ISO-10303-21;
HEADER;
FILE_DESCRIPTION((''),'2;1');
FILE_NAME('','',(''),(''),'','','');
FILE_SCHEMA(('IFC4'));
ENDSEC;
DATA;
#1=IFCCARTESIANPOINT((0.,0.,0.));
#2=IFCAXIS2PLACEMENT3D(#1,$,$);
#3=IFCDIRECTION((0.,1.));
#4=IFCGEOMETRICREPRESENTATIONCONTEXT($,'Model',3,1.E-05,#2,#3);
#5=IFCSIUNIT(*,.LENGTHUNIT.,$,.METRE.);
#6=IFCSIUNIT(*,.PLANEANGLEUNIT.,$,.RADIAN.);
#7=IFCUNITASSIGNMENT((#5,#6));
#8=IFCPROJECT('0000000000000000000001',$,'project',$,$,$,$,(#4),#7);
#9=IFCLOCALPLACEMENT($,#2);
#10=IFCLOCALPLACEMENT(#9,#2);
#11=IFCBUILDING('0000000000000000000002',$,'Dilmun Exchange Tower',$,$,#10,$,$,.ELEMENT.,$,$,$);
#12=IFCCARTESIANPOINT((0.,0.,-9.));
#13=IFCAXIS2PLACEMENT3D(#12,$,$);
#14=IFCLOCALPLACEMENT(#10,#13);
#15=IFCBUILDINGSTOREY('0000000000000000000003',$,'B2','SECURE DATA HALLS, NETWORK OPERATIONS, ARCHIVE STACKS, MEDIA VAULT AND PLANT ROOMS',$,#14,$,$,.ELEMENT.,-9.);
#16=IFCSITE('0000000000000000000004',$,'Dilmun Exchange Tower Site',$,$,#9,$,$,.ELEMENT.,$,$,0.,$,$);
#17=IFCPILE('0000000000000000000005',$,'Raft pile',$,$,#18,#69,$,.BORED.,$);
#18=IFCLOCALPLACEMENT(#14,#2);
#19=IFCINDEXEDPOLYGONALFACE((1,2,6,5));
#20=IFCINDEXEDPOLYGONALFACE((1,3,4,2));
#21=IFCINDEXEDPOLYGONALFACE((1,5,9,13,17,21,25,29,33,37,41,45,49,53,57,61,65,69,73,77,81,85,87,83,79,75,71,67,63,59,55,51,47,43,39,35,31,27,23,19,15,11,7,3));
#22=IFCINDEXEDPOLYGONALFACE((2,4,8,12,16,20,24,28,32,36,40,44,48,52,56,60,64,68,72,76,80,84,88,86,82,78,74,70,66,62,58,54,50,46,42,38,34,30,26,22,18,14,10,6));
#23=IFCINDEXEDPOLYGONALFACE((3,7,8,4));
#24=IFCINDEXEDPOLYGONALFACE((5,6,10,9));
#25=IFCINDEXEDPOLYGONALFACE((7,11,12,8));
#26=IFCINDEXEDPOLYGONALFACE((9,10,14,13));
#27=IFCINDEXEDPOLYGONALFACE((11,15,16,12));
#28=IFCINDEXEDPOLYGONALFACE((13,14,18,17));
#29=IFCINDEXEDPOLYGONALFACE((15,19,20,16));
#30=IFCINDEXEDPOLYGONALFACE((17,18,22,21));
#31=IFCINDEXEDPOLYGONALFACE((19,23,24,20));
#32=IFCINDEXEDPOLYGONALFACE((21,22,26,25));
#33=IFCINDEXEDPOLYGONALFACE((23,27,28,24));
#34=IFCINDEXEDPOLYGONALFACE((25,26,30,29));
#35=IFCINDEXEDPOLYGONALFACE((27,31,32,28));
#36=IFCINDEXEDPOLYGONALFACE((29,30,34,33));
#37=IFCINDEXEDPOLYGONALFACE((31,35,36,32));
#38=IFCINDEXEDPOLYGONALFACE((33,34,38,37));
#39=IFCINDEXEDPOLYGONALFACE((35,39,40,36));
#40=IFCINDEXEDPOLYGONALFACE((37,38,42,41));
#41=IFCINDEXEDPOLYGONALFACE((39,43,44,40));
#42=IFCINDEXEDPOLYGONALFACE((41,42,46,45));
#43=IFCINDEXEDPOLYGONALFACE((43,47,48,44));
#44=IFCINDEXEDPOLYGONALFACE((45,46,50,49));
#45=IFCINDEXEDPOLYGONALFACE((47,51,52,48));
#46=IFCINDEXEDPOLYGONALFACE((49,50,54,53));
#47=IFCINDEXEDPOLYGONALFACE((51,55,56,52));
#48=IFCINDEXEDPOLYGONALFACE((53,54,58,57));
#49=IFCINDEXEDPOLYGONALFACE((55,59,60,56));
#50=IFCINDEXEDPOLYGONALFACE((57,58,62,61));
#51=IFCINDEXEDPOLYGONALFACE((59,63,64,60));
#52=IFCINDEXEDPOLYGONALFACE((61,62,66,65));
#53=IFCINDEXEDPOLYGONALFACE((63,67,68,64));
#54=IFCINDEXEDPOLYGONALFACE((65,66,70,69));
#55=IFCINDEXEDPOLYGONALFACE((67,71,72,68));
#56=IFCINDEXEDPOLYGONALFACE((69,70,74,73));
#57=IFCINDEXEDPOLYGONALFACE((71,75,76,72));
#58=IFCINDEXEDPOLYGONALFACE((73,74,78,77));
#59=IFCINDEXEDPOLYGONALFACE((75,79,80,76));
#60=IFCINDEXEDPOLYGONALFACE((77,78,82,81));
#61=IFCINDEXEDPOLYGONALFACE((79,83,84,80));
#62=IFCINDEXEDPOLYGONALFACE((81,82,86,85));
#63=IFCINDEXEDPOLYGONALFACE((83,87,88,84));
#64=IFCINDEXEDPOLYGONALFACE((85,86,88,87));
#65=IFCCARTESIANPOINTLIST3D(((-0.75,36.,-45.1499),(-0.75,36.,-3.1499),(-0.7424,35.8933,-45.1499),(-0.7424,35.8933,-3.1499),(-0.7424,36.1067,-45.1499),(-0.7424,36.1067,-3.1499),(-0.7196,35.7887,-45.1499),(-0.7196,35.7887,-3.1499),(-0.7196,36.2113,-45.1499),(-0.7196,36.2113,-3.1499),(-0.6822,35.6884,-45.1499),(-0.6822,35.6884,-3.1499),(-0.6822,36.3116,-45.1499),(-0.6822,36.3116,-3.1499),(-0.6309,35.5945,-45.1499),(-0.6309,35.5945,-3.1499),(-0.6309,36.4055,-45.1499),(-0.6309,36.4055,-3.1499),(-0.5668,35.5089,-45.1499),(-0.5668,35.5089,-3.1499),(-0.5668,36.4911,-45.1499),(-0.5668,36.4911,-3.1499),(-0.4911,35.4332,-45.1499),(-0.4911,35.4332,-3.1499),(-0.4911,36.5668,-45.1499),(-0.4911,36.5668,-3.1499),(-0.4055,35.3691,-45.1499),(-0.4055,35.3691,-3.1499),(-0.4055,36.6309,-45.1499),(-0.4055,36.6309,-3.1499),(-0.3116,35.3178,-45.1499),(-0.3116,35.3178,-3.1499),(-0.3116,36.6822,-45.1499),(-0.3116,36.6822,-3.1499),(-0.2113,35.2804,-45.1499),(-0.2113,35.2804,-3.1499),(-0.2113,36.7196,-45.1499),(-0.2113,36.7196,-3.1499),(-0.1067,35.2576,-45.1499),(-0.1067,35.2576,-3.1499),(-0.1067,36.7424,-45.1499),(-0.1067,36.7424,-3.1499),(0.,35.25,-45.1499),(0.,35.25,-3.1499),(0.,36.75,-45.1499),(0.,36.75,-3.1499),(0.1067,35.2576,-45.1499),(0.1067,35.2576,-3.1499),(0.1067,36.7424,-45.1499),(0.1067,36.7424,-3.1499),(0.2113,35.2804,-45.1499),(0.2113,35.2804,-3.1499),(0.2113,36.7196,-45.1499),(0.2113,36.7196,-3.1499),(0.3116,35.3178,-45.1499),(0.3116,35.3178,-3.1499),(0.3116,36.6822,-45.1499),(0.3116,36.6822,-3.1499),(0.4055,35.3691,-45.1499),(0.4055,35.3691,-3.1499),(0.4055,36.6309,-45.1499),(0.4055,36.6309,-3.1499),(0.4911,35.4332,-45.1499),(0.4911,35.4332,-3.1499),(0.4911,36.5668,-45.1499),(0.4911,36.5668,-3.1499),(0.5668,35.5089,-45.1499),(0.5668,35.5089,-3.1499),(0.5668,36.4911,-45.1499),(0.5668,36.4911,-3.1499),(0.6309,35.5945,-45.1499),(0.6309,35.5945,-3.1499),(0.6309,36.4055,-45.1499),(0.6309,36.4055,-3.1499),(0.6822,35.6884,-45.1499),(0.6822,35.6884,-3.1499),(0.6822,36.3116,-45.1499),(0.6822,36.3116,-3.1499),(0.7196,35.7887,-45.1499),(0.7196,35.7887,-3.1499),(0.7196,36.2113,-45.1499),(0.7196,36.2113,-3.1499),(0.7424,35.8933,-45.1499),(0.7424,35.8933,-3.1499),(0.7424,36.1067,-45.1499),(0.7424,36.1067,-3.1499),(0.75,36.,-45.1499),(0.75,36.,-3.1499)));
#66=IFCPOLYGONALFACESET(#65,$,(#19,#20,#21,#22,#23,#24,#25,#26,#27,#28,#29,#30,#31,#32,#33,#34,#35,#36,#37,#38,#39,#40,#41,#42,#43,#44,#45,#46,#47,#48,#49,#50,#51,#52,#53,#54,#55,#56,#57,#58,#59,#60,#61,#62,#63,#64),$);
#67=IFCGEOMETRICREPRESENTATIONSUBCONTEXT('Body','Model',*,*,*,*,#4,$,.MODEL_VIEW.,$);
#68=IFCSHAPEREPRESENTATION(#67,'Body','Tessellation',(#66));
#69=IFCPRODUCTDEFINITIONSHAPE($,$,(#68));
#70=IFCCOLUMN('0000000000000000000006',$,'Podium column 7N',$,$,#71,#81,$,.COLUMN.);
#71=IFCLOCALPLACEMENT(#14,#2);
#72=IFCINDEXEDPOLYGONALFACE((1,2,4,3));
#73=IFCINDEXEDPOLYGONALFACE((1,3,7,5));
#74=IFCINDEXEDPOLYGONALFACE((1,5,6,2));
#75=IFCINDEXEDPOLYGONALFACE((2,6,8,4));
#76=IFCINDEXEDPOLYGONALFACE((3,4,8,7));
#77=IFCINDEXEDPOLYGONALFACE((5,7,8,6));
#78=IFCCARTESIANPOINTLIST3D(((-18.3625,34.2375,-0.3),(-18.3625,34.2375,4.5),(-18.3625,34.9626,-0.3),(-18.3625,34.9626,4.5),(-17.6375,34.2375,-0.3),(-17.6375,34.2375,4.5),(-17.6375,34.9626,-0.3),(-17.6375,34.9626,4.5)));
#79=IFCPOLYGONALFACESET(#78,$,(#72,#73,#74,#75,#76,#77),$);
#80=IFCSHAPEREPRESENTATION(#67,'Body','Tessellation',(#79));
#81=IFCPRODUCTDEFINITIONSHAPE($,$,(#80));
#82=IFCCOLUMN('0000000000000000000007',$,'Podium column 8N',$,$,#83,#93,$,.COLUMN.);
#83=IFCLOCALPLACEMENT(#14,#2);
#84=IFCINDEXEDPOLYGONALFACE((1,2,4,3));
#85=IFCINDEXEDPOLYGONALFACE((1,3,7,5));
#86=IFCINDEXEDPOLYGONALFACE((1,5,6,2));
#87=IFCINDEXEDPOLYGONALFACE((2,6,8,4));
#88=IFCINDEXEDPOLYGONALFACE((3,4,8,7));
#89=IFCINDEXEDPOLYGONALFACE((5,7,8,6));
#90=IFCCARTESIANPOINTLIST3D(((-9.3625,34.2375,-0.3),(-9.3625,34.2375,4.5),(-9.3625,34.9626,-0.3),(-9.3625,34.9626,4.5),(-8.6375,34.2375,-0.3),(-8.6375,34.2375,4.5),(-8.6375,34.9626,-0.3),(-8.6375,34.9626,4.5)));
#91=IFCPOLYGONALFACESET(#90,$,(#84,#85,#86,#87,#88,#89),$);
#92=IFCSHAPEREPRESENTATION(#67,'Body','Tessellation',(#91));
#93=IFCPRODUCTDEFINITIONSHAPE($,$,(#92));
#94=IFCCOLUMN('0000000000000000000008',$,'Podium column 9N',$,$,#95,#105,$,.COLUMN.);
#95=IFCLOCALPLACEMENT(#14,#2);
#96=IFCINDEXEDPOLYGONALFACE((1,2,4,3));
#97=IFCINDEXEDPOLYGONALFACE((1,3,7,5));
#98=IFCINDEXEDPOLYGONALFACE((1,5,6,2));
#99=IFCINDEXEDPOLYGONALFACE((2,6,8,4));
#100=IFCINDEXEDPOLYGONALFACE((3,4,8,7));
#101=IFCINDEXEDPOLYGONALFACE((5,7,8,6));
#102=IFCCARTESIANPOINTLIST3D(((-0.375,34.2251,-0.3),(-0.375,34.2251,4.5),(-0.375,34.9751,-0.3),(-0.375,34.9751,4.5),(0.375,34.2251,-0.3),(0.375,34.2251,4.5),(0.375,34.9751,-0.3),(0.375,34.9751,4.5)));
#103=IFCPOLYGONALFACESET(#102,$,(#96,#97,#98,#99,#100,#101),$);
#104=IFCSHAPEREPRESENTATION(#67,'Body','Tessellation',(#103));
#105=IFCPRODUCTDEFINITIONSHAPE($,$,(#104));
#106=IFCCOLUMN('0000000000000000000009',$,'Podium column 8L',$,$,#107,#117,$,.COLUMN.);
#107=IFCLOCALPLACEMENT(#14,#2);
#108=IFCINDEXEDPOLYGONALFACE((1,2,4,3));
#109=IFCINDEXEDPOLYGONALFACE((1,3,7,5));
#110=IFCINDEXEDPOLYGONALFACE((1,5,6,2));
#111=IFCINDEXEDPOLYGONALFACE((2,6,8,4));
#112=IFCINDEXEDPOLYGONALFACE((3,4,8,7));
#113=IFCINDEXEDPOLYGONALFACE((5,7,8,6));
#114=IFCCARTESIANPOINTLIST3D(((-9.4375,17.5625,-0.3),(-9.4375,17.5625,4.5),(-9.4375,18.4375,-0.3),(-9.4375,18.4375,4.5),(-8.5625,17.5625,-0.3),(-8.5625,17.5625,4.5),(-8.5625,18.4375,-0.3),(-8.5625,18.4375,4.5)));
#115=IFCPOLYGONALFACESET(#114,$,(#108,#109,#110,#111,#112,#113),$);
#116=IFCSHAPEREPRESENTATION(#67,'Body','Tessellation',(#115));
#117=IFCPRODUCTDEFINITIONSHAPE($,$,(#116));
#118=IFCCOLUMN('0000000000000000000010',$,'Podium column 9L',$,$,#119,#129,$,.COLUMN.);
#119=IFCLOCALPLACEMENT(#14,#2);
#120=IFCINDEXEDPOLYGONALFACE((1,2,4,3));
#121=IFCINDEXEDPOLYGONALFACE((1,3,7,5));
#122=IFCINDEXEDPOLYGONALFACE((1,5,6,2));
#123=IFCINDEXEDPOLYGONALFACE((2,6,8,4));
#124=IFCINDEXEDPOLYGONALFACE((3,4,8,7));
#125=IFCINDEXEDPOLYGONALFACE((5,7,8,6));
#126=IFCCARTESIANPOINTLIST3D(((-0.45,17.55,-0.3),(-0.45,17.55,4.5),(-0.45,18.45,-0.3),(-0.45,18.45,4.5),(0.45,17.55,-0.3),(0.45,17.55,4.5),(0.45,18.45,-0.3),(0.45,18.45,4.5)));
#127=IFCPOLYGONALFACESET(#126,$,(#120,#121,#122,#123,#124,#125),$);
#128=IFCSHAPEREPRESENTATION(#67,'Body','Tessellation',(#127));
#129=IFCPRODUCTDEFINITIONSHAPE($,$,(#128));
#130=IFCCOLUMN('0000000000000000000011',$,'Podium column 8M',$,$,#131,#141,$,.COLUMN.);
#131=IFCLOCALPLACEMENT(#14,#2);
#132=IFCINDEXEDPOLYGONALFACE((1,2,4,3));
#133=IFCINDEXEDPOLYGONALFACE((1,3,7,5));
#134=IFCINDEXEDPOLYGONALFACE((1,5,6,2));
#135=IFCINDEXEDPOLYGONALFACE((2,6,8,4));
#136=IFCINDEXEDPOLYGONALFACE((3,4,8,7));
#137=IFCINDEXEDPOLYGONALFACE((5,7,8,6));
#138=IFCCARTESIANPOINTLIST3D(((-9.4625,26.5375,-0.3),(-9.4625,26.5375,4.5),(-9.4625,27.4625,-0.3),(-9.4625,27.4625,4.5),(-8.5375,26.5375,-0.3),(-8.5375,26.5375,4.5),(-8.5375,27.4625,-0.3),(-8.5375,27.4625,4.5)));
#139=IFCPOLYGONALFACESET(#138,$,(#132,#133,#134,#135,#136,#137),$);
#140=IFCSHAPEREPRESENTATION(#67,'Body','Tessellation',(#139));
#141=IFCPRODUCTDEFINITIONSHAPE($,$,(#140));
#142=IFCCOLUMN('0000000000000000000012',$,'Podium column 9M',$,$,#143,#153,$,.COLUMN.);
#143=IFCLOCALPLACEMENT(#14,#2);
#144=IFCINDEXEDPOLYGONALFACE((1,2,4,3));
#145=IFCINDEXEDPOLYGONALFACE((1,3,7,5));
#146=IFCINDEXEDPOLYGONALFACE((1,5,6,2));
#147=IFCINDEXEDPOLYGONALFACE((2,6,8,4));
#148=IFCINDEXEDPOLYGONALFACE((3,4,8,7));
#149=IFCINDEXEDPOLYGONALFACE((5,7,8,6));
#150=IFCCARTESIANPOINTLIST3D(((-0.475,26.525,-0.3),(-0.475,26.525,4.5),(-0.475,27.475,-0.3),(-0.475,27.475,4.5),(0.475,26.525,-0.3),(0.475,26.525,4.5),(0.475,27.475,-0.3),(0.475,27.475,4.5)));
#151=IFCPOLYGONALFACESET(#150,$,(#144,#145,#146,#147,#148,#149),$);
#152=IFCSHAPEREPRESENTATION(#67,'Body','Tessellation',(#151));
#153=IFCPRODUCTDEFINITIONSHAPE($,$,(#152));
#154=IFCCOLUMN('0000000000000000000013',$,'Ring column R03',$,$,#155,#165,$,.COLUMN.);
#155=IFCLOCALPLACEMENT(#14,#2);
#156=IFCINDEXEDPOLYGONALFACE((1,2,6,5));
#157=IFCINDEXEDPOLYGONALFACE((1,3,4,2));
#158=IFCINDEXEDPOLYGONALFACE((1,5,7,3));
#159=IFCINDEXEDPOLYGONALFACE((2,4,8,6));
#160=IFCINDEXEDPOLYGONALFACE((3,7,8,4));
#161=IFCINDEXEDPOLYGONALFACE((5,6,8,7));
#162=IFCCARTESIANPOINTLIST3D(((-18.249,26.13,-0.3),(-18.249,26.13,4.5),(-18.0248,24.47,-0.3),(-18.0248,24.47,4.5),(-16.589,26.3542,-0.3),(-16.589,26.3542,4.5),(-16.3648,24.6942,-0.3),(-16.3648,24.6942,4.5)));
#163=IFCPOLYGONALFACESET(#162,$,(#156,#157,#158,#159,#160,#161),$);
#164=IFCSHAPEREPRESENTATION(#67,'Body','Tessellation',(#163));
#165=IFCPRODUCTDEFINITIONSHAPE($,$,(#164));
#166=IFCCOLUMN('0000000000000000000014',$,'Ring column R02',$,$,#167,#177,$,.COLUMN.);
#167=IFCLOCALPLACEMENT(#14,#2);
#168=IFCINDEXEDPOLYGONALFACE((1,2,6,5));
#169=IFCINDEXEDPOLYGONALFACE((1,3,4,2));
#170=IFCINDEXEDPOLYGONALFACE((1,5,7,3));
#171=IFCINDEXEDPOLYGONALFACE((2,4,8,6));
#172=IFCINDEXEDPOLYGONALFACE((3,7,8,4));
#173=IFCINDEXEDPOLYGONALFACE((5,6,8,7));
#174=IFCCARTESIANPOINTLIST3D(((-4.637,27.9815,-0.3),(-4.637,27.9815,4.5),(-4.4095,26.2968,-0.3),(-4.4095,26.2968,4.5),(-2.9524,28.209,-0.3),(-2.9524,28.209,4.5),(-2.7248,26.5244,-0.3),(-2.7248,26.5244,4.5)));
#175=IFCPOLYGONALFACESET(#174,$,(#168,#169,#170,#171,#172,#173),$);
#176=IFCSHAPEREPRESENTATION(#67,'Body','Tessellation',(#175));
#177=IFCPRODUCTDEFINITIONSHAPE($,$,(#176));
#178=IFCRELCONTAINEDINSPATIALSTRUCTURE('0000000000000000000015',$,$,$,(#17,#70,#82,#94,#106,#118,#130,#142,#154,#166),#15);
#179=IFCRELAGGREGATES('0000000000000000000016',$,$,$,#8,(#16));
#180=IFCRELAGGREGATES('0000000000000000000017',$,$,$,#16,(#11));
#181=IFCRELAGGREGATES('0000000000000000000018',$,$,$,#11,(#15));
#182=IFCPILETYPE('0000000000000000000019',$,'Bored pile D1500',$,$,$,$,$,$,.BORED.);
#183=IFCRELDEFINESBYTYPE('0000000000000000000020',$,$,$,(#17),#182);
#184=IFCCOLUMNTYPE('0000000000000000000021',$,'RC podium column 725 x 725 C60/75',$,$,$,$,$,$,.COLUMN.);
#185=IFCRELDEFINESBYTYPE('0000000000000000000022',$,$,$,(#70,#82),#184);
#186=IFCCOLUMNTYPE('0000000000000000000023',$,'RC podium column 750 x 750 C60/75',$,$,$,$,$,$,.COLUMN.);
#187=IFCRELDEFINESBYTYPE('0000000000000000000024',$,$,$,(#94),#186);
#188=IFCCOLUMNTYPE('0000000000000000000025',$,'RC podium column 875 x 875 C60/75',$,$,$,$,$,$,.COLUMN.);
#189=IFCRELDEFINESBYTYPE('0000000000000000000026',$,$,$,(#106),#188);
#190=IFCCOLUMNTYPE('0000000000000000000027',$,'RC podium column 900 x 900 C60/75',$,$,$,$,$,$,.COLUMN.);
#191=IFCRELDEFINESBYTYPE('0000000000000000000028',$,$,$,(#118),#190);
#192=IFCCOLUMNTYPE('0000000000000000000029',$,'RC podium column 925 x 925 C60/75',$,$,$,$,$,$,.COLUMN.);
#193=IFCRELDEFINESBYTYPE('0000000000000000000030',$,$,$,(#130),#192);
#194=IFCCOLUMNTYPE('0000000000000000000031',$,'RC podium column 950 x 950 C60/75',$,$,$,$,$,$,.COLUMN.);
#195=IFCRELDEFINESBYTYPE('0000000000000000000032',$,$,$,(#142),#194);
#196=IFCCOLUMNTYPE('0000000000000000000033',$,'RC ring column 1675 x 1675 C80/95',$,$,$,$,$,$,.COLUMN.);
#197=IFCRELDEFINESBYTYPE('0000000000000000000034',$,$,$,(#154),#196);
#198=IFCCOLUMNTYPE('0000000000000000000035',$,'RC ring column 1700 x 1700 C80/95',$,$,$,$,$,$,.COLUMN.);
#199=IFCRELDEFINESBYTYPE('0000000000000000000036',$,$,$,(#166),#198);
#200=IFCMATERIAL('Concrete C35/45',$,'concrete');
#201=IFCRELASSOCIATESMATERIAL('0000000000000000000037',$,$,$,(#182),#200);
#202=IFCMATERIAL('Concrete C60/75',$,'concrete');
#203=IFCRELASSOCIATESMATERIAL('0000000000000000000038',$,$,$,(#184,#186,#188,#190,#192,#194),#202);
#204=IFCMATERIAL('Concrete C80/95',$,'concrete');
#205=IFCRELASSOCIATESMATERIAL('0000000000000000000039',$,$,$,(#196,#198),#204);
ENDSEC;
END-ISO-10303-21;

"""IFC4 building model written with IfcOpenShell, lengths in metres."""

from ifc_helpers import new_model, si_unit, direction, frame, origin, origin_2d, place, context, subcontext, project, spatial, rectangle, circle, extrude, material, material_profile, profile_set, type_object, element, save


model = new_model("IFC4")

# Units and contexts
model_context = context("Model", 3, precision=1e-05, world=origin(), true_north=direction((0.0, 1.0)))
body_context = subcontext(model_context, "Body", "Model", "MODEL_VIEW")
ifc_project = project(units=[si_unit("LENGTHUNIT", "METRE"), si_unit("PLANEANGLEUNIT", "RADIAN")], contexts=[model_context])

# Site, building, storey
site_placement = place(None, origin())
site = spatial("IfcSite", under=ifc_project, at=site_placement, Name="Dilmun Exchange Tower Site", CompositionType="ELEMENT", RefElevation=0.0)
building_placement = place(site_placement, origin())
building = spatial("IfcBuilding", under=site, at=building_placement, Name="Dilmun Exchange Tower", CompositionType="ELEMENT")
storey_placement = place(building_placement, frame((0.0, 0.0, -9.0)))
storey = spatial("IfcBuildingStorey", under=building, at=storey_placement, Name="B2", Description="SECURE DATA HALLS, NETWORK OPERATIONS, ARCHIVE STACKS, MEDIA VAULT AND PLANT ROOMS", CompositionType="ELEMENT", Elevation=-9.0)

# Pile
ifc_material_1 = material(Name="Concrete C35/45", Category="concrete")
ifc_material_profile_1 = material_profile(ifc_material_1, circle(Radius=0.75, at=origin_2d()), Name="D1500")
ifc_profile_set_1 = profile_set([ifc_material_profile_1], Name="Concrete C35/45")
pile_type = type_object("IfcPileType", Name="Bored pile D1500", PredefinedType="BORED", material=ifc_profile_set_1)
for number, where, z_axis, x_axis, name in (
    (1, (0.0, 36.0, -3.1499), (0.0, 0.0, -1.0), (1.0, 0.0, 0.0), "Raft pile"),
):
    element("IfcPile", number, at=place(storey_placement, frame(where, z_axis=z_axis, x_axis=x_axis)), inside=storey, type_object=pile_type, Name=name, PredefinedType="BORED", context=body_context, shape_type="SweptSolid", body=[
        extrude(circle(Radius=0.75, at=origin_2d()), origin(), (0.0, 0.0, 1.0), 42.0),
    ])

# Columns
ifc_material_2 = material(Name="Concrete C60/75", Category="concrete")
ifc_material_profile_2 = material_profile(ifc_material_2, rectangle(XDim=0.7251, YDim=0.7251, at=origin_2d()), Name="725 x 725")
ifc_profile_set_2 = profile_set([ifc_material_profile_2], Name="Concrete C60/75")
column_type_1 = type_object("IfcColumnType", Name="RC podium column 725 x 725 C60/75", PredefinedType="COLUMN", material=ifc_profile_set_2)
for number, where, z_axis, x_axis, name in (
    (2, (-18.0, 34.6001, -0.3), (0.0, 0.0, 1.0), (1.0, 0.0, 0.0), "Podium column 7N"),
    (3, (-9.0, 34.6001, -0.3), (0.0, 0.0, 1.0), (1.0, 0.0, 0.0), "Podium column 8N"),
):
    element("IfcColumn", number, at=place(storey_placement, frame(where, z_axis=z_axis, x_axis=x_axis)), inside=storey, type_object=column_type_1, Name=name, PredefinedType="COLUMN", context=body_context, shape_type="SweptSolid", body=[
        extrude(rectangle(XDim=0.7251, YDim=0.7251, at=origin_2d()), origin(), (0.0, 0.0, 1.0), 4.8),
    ])
ifc_material_profile_3 = material_profile(ifc_material_2, rectangle(XDim=0.75, YDim=0.75, at=origin_2d()), Name="750 x 750")
ifc_profile_set_3 = profile_set([ifc_material_profile_3], Name="Concrete C60/75")
column_type_2 = type_object("IfcColumnType", Name="RC podium column 750 x 750 C60/75", PredefinedType="COLUMN", material=ifc_profile_set_3)
column_1_placement = place(storey_placement, frame((0.0, 34.6001, -0.3), z_axis=(0.0, 0.0, 1.0), x_axis=(1.0, 0.0, 0.0)))
element("IfcColumn", 4, at=column_1_placement, inside=storey, type_object=column_type_2, Name="Podium column 9N", PredefinedType="COLUMN", context=body_context, shape_type="SweptSolid", body=[
    extrude(rectangle(XDim=0.75, YDim=0.75, at=origin_2d()), origin(), (0.0, 0.0, 1.0), 4.8),
])
ifc_material_profile_4 = material_profile(ifc_material_2, rectangle(XDim=0.875, YDim=0.875, at=origin_2d()), Name="875 x 875")
ifc_profile_set_4 = profile_set([ifc_material_profile_4], Name="Concrete C60/75")
column_type_3 = type_object("IfcColumnType", Name="RC podium column 875 x 875 C60/75", PredefinedType="COLUMN", material=ifc_profile_set_4)
column_2_placement = place(storey_placement, frame((-9.0, 18.0, -0.3), z_axis=(0.0, 0.0, 1.0), x_axis=(1.0, 0.0, 0.0)))
element("IfcColumn", 5, at=column_2_placement, inside=storey, type_object=column_type_3, Name="Podium column 8L", PredefinedType="COLUMN", context=body_context, shape_type="SweptSolid", body=[
    extrude(rectangle(XDim=0.875, YDim=0.875, at=origin_2d()), origin(), (0.0, 0.0, 1.0), 4.8),
])
ifc_material_profile_5 = material_profile(ifc_material_2, rectangle(XDim=0.8999, YDim=0.8999, at=origin_2d()), Name="900 x 900")
ifc_profile_set_5 = profile_set([ifc_material_profile_5], Name="Concrete C60/75")
column_type_4 = type_object("IfcColumnType", Name="RC podium column 900 x 900 C60/75", PredefinedType="COLUMN", material=ifc_profile_set_5)
column_3_placement = place(storey_placement, frame((0.0, 18.0, -0.3), z_axis=(0.0, 0.0, 1.0), x_axis=(1.0, 0.0, 0.0)))
element("IfcColumn", 6, at=column_3_placement, inside=storey, type_object=column_type_4, Name="Podium column 9L", PredefinedType="COLUMN", context=body_context, shape_type="SweptSolid", body=[
    extrude(rectangle(XDim=0.8999, YDim=0.8999, at=origin_2d()), origin(), (0.0, 0.0, 1.0), 4.8),
])
ifc_material_profile_6 = material_profile(ifc_material_2, rectangle(XDim=0.925, YDim=0.925, at=origin_2d()), Name="925 x 925")
ifc_profile_set_6 = profile_set([ifc_material_profile_6], Name="Concrete C60/75")
column_type_5 = type_object("IfcColumnType", Name="RC podium column 925 x 925 C60/75", PredefinedType="COLUMN", material=ifc_profile_set_6)
column_4_placement = place(storey_placement, frame((-9.0, 27.0, -0.3), z_axis=(0.0, 0.0, 1.0), x_axis=(1.0, 0.0, 0.0)))
element("IfcColumn", 7, at=column_4_placement, inside=storey, type_object=column_type_5, Name="Podium column 8M", PredefinedType="COLUMN", context=body_context, shape_type="SweptSolid", body=[
    extrude(rectangle(XDim=0.925, YDim=0.925, at=origin_2d()), origin(), (0.0, 0.0, 1.0), 4.8),
])
ifc_material_profile_7 = material_profile(ifc_material_2, rectangle(XDim=0.95, YDim=0.95, at=origin_2d()), Name="950 x 950")
ifc_profile_set_7 = profile_set([ifc_material_profile_7], Name="Concrete C60/75")
column_type_6 = type_object("IfcColumnType", Name="RC podium column 950 x 950 C60/75", PredefinedType="COLUMN", material=ifc_profile_set_7)
column_5_placement = place(storey_placement, frame((0.0, 27.0, -0.3), z_axis=(0.0, 0.0, 1.0), x_axis=(1.0, 0.0, 0.0)))
element("IfcColumn", 8, at=column_5_placement, inside=storey, type_object=column_type_6, Name="Podium column 9M", PredefinedType="COLUMN", context=body_context, shape_type="SweptSolid", body=[
    extrude(rectangle(XDim=0.95, YDim=0.95, at=origin_2d()), origin(), (0.0, 0.0, 1.0), 4.8),
])
ifc_material_3 = material(Name="Concrete C80/95", Category="concrete")
ifc_material_profile_8 = material_profile(ifc_material_3, rectangle(XDim=1.675, YDim=1.675, at=origin_2d()), Name="1675 x 1675")
ifc_profile_set_8 = profile_set([ifc_material_profile_8], Name="Concrete C80/95")
column_type_7 = type_object("IfcColumnType", Name="RC ring column 1675 x 1675 C80/95", PredefinedType="COLUMN", material=ifc_profile_set_8)
column_6_placement = place(storey_placement, frame((-17.3069, 25.4121, -0.3), z_axis=(0.0, 0.0, 1.0), x_axis=(0.991001, 0.133853, 0.0)))
element("IfcColumn", 9, at=column_6_placement, inside=storey, type_object=column_type_7, Name="Ring column R03", PredefinedType="COLUMN", context=body_context, shape_type="SweptSolid", body=[
    extrude(rectangle(XDim=1.675, YDim=1.675, at=origin_2d()), origin(), (0.0, 0.0, 1.0), 4.8),
])
ifc_material_profile_9 = material_profile(ifc_material_3, rectangle(XDim=1.7, YDim=1.7, at=origin_2d()), Name="1700 x 1700")
ifc_profile_set_9 = profile_set([ifc_material_profile_9], Name="Concrete C80/95")
column_type_8 = type_object("IfcColumnType", Name="RC ring column 1700 x 1700 C80/95", PredefinedType="COLUMN", material=ifc_profile_set_9)
column_7_placement = place(storey_placement, frame((-3.6809, 27.2529, -0.3), z_axis=(0.0, 0.0, 1.0), x_axis=(0.991001, 0.133853, 0.0)))
element("IfcColumn", 10, at=column_7_placement, inside=storey, type_object=column_type_8, Name="Ring column R02", PredefinedType="COLUMN", context=body_context, shape_type="SweptSolid", body=[
    extrude(rectangle(XDim=1.7, YDim=1.7, at=origin_2d()), origin(), (0.0, 0.0, 1.0), 4.8),
])

save(model, "model.ifc")
